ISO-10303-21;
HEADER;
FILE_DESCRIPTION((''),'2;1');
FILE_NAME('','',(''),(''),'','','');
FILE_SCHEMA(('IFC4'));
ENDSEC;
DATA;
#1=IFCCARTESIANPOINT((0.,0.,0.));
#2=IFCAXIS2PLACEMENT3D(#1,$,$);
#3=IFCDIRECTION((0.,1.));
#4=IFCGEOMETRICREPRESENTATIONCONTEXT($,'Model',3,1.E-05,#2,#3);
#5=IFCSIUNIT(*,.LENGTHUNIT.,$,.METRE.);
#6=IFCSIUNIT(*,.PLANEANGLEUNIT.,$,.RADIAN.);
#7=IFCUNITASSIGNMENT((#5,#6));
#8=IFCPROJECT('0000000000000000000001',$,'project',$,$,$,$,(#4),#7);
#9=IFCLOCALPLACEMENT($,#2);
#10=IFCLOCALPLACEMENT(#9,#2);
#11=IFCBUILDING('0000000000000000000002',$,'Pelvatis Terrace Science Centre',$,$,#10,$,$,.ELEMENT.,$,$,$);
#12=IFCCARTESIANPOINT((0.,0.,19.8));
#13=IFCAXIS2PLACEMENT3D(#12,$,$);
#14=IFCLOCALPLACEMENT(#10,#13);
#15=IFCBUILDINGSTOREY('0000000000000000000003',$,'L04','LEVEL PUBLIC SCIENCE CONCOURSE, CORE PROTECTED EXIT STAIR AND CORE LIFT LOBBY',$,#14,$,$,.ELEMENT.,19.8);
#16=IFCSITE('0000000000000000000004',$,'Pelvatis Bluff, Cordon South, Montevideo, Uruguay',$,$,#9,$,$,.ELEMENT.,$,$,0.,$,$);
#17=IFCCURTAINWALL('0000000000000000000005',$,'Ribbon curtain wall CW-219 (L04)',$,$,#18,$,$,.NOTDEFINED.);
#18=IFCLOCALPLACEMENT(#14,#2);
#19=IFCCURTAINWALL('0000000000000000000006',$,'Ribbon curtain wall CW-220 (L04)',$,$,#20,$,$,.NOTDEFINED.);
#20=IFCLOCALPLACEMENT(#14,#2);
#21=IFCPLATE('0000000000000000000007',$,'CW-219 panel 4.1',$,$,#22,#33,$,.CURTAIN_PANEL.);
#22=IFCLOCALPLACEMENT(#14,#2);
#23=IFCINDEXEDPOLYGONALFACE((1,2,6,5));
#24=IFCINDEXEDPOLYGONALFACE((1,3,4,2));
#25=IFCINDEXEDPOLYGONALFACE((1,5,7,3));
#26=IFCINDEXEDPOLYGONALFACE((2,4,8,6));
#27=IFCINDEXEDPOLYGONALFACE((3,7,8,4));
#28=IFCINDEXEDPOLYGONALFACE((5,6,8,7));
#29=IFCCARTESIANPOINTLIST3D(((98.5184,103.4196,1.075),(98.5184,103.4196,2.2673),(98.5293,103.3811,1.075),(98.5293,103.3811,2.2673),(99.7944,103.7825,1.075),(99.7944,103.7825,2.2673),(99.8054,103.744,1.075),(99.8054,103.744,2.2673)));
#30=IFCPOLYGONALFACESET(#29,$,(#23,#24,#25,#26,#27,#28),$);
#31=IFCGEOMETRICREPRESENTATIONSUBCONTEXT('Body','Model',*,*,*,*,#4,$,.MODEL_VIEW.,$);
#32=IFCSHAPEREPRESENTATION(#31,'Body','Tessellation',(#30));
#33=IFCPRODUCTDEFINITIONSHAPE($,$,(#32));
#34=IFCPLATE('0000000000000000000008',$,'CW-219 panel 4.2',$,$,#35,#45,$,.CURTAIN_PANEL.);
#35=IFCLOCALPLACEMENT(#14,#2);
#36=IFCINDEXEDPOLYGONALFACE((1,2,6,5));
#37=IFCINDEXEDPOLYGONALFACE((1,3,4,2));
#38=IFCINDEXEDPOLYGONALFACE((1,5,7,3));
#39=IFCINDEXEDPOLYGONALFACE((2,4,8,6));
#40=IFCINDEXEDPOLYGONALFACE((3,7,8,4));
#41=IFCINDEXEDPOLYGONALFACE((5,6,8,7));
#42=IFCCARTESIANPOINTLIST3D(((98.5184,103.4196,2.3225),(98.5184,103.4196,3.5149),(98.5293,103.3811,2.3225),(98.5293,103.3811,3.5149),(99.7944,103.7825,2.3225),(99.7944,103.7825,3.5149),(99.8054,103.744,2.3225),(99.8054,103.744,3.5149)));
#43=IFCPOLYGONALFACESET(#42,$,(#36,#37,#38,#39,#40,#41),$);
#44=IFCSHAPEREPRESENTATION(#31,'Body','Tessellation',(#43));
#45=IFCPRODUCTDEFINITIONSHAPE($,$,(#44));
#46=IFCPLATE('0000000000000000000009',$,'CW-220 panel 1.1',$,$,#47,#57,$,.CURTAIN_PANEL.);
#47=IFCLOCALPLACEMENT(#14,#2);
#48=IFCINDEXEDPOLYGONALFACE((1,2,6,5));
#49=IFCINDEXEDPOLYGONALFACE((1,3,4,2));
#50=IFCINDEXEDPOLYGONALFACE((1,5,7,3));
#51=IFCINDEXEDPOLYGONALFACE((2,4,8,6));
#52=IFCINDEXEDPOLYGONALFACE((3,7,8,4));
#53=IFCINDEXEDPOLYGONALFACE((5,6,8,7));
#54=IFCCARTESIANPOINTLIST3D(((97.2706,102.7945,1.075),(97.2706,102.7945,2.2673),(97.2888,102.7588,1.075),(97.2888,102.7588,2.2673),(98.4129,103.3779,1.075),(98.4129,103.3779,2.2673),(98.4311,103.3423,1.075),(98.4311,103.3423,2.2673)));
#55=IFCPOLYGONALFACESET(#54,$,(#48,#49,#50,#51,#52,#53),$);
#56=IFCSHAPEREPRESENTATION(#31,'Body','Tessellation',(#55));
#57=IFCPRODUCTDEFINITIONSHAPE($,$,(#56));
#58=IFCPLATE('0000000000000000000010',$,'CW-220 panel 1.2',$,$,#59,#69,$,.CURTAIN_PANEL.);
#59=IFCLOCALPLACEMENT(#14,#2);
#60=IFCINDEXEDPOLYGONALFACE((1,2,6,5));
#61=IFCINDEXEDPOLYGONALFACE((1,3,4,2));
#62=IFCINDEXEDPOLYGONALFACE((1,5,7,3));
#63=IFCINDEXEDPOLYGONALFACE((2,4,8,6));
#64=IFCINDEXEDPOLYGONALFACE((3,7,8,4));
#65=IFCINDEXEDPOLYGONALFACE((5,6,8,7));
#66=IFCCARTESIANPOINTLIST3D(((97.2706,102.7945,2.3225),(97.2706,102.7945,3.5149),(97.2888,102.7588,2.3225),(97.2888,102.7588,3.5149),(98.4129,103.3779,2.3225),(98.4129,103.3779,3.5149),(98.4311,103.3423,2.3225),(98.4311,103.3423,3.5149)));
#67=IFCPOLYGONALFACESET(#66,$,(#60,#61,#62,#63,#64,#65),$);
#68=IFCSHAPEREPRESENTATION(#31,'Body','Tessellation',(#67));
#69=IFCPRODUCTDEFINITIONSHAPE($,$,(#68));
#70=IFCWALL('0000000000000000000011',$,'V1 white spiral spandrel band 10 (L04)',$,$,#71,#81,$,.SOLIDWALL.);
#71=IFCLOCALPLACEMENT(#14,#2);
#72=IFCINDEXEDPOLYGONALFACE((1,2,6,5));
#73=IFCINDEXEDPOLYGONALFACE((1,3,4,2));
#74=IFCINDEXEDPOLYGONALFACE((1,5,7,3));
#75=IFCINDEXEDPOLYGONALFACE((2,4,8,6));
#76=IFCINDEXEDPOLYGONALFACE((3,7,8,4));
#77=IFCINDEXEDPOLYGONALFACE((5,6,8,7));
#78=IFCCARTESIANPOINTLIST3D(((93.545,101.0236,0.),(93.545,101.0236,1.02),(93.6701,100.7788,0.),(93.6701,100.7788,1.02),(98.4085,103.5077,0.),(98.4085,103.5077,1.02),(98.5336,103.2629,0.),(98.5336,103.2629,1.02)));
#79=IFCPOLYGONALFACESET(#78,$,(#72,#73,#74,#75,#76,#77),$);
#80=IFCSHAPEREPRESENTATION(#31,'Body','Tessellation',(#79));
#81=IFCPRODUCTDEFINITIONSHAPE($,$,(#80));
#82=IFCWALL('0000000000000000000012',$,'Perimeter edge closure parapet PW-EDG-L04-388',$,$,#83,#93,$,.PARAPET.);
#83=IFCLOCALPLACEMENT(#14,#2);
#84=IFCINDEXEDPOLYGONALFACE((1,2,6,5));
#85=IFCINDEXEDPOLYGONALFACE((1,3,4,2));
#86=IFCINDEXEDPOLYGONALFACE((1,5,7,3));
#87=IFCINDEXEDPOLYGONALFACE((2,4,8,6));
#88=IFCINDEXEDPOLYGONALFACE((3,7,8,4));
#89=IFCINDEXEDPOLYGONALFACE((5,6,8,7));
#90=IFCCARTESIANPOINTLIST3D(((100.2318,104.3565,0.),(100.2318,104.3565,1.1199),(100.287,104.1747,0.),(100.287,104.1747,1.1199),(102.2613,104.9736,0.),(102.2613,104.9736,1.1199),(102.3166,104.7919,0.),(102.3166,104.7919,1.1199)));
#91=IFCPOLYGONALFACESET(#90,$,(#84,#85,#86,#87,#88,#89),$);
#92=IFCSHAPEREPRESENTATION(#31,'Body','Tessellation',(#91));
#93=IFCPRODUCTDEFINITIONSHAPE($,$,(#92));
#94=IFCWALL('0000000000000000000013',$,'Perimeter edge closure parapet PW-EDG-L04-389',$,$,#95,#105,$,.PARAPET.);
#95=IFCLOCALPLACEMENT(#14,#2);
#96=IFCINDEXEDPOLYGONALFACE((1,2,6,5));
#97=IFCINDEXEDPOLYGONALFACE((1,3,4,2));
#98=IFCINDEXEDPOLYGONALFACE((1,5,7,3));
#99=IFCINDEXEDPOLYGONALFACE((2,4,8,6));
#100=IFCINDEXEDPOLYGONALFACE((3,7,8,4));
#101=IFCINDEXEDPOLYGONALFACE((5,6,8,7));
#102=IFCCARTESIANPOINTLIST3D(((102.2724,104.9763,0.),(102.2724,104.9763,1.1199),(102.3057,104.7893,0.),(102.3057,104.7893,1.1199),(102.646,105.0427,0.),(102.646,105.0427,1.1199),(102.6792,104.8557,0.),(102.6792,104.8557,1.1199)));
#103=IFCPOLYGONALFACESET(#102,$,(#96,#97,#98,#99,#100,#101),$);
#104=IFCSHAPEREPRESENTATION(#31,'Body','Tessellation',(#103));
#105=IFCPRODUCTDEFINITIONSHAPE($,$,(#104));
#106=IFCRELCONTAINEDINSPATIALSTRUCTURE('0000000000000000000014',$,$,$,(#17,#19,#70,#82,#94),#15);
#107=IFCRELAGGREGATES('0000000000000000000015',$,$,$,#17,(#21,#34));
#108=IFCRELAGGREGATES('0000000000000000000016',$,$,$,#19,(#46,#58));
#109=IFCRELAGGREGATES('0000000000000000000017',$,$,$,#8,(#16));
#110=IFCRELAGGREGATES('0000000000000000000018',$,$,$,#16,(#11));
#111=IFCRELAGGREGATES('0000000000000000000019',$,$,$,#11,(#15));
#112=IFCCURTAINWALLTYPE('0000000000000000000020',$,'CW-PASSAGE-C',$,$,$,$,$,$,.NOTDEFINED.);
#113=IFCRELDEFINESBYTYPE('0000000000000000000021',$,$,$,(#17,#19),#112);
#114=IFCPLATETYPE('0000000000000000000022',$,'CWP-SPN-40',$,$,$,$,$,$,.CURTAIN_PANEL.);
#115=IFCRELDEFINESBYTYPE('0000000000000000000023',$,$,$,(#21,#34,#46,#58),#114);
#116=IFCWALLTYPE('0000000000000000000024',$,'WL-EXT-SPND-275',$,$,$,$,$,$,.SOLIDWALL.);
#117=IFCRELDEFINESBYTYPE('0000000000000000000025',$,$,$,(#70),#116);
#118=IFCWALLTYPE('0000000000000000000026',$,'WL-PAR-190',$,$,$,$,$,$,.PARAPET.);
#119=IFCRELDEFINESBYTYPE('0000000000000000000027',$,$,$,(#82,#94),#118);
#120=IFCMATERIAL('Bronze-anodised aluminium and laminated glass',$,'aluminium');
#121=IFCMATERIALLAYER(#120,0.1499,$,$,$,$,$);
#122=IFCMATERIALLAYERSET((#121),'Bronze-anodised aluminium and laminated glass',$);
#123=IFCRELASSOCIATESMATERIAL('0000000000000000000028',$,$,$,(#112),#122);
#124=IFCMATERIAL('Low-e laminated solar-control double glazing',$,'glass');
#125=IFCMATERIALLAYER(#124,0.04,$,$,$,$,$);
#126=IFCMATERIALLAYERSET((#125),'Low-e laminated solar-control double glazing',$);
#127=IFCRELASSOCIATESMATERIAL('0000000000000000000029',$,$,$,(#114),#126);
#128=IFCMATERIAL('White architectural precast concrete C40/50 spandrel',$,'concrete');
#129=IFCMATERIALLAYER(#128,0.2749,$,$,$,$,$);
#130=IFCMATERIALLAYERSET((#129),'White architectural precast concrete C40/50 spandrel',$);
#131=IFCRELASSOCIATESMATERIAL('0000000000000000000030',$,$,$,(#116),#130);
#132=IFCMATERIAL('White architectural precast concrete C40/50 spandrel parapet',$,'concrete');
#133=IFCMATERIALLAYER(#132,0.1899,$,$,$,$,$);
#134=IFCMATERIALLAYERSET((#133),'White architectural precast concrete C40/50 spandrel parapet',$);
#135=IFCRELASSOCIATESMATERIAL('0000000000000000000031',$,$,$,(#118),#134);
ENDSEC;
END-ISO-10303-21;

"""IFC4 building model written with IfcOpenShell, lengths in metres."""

from ifc_helpers import new_model, si_unit, direction, frame, frame_2d, origin, origin_2d, place, context, subcontext, project, spatial, rectangle, extrude, material, layer, layer_set, type_object, element, aggregate, save


model = new_model("IFC4")

# Units and contexts
model_context = context("Model", 3, precision=1e-05, world=origin(), true_north=direction((0.0, 1.0)))
body_context = subcontext(model_context, "Body", "Model", "MODEL_VIEW")
ifc_project = project(units=[si_unit("LENGTHUNIT", "METRE"), si_unit("PLANEANGLEUNIT", "RADIAN")], contexts=[model_context])

# Site, building, storey
site_placement = place(None, origin())
site = spatial("IfcSite", under=ifc_project, at=site_placement, Name="Pelvatis Bluff, Cordon South, Montevideo, Uruguay", CompositionType="ELEMENT", RefElevation=0.0)
building_placement = place(site_placement, origin())
building = spatial("IfcBuilding", under=site, at=building_placement, Name="Pelvatis Terrace Science Centre", CompositionType="ELEMENT")
storey_placement = place(building_placement, frame((0.0, 0.0, 19.8)))
storey = spatial("IfcBuildingStorey", under=building, at=storey_placement, Name="L04", Description="LEVEL PUBLIC SCIENCE CONCOURSE, CORE PROTECTED EXIT STAIR AND CORE LIFT LOBBY", CompositionType="ELEMENT", Elevation=19.8)

# Curtain walls
ifc_material_1 = material(Name="Bronze-anodised aluminium and laminated glass", Category="aluminium")
ifc_layer_1 = layer(ifc_material_1, 0.1499)
ifc_layer_set_1 = layer_set([ifc_layer_1], Name="Bronze-anodised aluminium and laminated glass")
curtain_wall_type = type_object("IfcCurtainWallType", Name="CW-PASSAGE-C", PredefinedType="NOTDEFINED", material=ifc_layer_set_1)
curtain_wall_1_placement = place(storey_placement, origin())
curtain_wall_1 = element("IfcCurtainWall", 1, at=curtain_wall_1_placement, inside=storey, type_object=curtain_wall_type, Name="Ribbon curtain wall CW-219 (L04)", PredefinedType="NOTDEFINED")
curtain_wall_2_placement = place(storey_placement, origin())
curtain_wall_2 = element("IfcCurtainWall", 2, at=curtain_wall_2_placement, inside=storey, type_object=curtain_wall_type, Name="Ribbon curtain wall CW-220 (L04)", PredefinedType="NOTDEFINED")

# Plates
ifc_material_2 = material(Name="Low-e laminated solar-control double glazing", Category="glass")
ifc_layer_2 = layer(ifc_material_2, 0.04)
ifc_layer_set_2 = layer_set([ifc_layer_2], Name="Low-e laminated solar-control double glazing")
plate_type = type_object("IfcPlateType", Name="CWP-SPN-40", PredefinedType="CURTAIN_PANEL", material=ifc_layer_set_2)
plate_1_placement = place(storey_placement, frame((99.1619, 103.5818, 1.075), z_axis=(0.0, 0.0, 1.0), x_axis=(-0.96185, -0.273577, 0.0)))
plate_1 = element("IfcPlate", 3, at=plate_1_placement, type_object=plate_type, Name="CW-219 panel 4.1", PredefinedType="CURTAIN_PANEL", context=body_context, shape_type="SweptSolid", body=[
    extrude(rectangle(XDim=1.3267, YDim=0.04, at=origin_2d()), origin(), (0.0, 0.0, 1.0), 1.1924),
])
plate_2_placement = place(storey_placement, frame((99.1619, 103.5818, 2.3225), z_axis=(0.0, 0.0, 1.0), x_axis=(-0.96185, -0.273577, 0.0)))
plate_2 = element("IfcPlate", 4, at=plate_2_placement, type_object=plate_type, Name="CW-219 panel 4.2", PredefinedType="CURTAIN_PANEL", context=body_context, shape_type="SweptSolid", body=[
    extrude(rectangle(XDim=1.3267, YDim=0.04, at=origin_2d()), origin(), (0.0, 0.0, 1.0), 1.1924),
])
aggregate(curtain_wall_1, [plate_1, plate_2])
plate_3_placement = place(storey_placement, frame((97.8508, 103.0684, 1.075), z_axis=(0.0, 0.0, 1.0), x_axis=(-0.890564, -0.454859, 0.0)))
plate_3 = element("IfcPlate", 5, at=plate_3_placement, type_object=plate_type, Name="CW-220 panel 1.1", PredefinedType="CURTAIN_PANEL", context=body_context, shape_type="SweptSolid", body=[
    extrude(rectangle(XDim=1.2827, YDim=0.04, at=origin_2d()), origin(), (0.0, 0.0, 1.0), 1.1924),
])
plate_4_placement = place(storey_placement, frame((97.8508, 103.0684, 2.3225), z_axis=(0.0, 0.0, 1.0), x_axis=(-0.890564, -0.454859, 0.0)))
plate_4 = element("IfcPlate", 6, at=plate_4_placement, type_object=plate_type, Name="CW-220 panel 1.2", PredefinedType="CURTAIN_PANEL", context=body_context, shape_type="SweptSolid", body=[
    extrude(rectangle(XDim=1.2827, YDim=0.04, at=origin_2d()), origin(), (0.0, 0.0, 1.0), 1.1924),
])
aggregate(curtain_wall_2, [plate_3, plate_4])

# Walls
ifc_material_3 = material(Name="White architectural precast concrete C40/50 spandrel", Category="concrete")
ifc_layer_3 = layer(ifc_material_3, 0.2749)
ifc_layer_set_3 = layer_set([ifc_layer_3], Name="White architectural precast concrete C40/50 spandrel")
wall_type_1 = type_object("IfcWallType", Name="WL-EXT-SPND-275", PredefinedType="SOLIDWALL", material=ifc_layer_set_3)
wall_1_placement = place(storey_placement, frame((98.4709, 103.3853, 0.0), z_axis=(0.0, 0.0, 1.0), x_axis=(-0.890559, -0.454868, 0.0)))
element("IfcWall", 7, at=wall_1_placement, inside=storey, type_object=wall_type_1, Name="V1 white spiral spandrel band 10 (L04)", PredefinedType="SOLIDWALL", context=body_context, shape_type="SweptSolid", body=[
    extrude(rectangle(XDim=5.4612, YDim=0.2749, at=frame_2d((2.7305, 0.0))), origin(), (0.0, 0.0, 1.0), 1.02),
])
ifc_material_4 = material(Name="White architectural precast concrete C40/50 spandrel parapet", Category="concrete")
ifc_layer_4 = layer(ifc_material_4, 0.1899)
ifc_layer_set_4 = layer_set([ifc_layer_4], Name="White architectural precast concrete C40/50 spandrel parapet")
wall_type_2 = type_object("IfcWallType", Name="WL-PAR-190", PredefinedType="PARAPET", material=ifc_layer_set_4)
wall_2_placement = place(storey_placement, frame((100.2595, 104.2656, 0.0), z_axis=(0.0, 0.0, 1.0), x_axis=(0.956739, 0.290946, 0.0)))
element("IfcWall", 8, at=wall_2_placement, inside=storey, type_object=wall_type_2, Name="Perimeter edge closure parapet PW-EDG-L04-388", PredefinedType="PARAPET", context=body_context, shape_type="SweptSolid", body=[
    extrude(rectangle(XDim=2.1213, YDim=0.1899, at=frame_2d((1.0605, 0.0))), origin(), (0.0, 0.0, 1.0), 1.1199),
])
wall_3_placement = place(storey_placement, frame((102.2891, 104.8828, 0.0), z_axis=(0.0, 0.0, 1.0), x_axis=(0.984563, 0.175033, 0.0)))
element("IfcWall", 9, at=wall_3_placement, inside=storey, type_object=wall_type_2, Name="Perimeter edge closure parapet PW-EDG-L04-389", PredefinedType="PARAPET", context=body_context, shape_type="SweptSolid", body=[
    extrude(rectangle(XDim=0.3794, YDim=0.1899, at=frame_2d((0.1897, 0.0))), origin(), (0.0, 0.0, 1.0), 1.1199),
])

save(model, "model.ifc")
